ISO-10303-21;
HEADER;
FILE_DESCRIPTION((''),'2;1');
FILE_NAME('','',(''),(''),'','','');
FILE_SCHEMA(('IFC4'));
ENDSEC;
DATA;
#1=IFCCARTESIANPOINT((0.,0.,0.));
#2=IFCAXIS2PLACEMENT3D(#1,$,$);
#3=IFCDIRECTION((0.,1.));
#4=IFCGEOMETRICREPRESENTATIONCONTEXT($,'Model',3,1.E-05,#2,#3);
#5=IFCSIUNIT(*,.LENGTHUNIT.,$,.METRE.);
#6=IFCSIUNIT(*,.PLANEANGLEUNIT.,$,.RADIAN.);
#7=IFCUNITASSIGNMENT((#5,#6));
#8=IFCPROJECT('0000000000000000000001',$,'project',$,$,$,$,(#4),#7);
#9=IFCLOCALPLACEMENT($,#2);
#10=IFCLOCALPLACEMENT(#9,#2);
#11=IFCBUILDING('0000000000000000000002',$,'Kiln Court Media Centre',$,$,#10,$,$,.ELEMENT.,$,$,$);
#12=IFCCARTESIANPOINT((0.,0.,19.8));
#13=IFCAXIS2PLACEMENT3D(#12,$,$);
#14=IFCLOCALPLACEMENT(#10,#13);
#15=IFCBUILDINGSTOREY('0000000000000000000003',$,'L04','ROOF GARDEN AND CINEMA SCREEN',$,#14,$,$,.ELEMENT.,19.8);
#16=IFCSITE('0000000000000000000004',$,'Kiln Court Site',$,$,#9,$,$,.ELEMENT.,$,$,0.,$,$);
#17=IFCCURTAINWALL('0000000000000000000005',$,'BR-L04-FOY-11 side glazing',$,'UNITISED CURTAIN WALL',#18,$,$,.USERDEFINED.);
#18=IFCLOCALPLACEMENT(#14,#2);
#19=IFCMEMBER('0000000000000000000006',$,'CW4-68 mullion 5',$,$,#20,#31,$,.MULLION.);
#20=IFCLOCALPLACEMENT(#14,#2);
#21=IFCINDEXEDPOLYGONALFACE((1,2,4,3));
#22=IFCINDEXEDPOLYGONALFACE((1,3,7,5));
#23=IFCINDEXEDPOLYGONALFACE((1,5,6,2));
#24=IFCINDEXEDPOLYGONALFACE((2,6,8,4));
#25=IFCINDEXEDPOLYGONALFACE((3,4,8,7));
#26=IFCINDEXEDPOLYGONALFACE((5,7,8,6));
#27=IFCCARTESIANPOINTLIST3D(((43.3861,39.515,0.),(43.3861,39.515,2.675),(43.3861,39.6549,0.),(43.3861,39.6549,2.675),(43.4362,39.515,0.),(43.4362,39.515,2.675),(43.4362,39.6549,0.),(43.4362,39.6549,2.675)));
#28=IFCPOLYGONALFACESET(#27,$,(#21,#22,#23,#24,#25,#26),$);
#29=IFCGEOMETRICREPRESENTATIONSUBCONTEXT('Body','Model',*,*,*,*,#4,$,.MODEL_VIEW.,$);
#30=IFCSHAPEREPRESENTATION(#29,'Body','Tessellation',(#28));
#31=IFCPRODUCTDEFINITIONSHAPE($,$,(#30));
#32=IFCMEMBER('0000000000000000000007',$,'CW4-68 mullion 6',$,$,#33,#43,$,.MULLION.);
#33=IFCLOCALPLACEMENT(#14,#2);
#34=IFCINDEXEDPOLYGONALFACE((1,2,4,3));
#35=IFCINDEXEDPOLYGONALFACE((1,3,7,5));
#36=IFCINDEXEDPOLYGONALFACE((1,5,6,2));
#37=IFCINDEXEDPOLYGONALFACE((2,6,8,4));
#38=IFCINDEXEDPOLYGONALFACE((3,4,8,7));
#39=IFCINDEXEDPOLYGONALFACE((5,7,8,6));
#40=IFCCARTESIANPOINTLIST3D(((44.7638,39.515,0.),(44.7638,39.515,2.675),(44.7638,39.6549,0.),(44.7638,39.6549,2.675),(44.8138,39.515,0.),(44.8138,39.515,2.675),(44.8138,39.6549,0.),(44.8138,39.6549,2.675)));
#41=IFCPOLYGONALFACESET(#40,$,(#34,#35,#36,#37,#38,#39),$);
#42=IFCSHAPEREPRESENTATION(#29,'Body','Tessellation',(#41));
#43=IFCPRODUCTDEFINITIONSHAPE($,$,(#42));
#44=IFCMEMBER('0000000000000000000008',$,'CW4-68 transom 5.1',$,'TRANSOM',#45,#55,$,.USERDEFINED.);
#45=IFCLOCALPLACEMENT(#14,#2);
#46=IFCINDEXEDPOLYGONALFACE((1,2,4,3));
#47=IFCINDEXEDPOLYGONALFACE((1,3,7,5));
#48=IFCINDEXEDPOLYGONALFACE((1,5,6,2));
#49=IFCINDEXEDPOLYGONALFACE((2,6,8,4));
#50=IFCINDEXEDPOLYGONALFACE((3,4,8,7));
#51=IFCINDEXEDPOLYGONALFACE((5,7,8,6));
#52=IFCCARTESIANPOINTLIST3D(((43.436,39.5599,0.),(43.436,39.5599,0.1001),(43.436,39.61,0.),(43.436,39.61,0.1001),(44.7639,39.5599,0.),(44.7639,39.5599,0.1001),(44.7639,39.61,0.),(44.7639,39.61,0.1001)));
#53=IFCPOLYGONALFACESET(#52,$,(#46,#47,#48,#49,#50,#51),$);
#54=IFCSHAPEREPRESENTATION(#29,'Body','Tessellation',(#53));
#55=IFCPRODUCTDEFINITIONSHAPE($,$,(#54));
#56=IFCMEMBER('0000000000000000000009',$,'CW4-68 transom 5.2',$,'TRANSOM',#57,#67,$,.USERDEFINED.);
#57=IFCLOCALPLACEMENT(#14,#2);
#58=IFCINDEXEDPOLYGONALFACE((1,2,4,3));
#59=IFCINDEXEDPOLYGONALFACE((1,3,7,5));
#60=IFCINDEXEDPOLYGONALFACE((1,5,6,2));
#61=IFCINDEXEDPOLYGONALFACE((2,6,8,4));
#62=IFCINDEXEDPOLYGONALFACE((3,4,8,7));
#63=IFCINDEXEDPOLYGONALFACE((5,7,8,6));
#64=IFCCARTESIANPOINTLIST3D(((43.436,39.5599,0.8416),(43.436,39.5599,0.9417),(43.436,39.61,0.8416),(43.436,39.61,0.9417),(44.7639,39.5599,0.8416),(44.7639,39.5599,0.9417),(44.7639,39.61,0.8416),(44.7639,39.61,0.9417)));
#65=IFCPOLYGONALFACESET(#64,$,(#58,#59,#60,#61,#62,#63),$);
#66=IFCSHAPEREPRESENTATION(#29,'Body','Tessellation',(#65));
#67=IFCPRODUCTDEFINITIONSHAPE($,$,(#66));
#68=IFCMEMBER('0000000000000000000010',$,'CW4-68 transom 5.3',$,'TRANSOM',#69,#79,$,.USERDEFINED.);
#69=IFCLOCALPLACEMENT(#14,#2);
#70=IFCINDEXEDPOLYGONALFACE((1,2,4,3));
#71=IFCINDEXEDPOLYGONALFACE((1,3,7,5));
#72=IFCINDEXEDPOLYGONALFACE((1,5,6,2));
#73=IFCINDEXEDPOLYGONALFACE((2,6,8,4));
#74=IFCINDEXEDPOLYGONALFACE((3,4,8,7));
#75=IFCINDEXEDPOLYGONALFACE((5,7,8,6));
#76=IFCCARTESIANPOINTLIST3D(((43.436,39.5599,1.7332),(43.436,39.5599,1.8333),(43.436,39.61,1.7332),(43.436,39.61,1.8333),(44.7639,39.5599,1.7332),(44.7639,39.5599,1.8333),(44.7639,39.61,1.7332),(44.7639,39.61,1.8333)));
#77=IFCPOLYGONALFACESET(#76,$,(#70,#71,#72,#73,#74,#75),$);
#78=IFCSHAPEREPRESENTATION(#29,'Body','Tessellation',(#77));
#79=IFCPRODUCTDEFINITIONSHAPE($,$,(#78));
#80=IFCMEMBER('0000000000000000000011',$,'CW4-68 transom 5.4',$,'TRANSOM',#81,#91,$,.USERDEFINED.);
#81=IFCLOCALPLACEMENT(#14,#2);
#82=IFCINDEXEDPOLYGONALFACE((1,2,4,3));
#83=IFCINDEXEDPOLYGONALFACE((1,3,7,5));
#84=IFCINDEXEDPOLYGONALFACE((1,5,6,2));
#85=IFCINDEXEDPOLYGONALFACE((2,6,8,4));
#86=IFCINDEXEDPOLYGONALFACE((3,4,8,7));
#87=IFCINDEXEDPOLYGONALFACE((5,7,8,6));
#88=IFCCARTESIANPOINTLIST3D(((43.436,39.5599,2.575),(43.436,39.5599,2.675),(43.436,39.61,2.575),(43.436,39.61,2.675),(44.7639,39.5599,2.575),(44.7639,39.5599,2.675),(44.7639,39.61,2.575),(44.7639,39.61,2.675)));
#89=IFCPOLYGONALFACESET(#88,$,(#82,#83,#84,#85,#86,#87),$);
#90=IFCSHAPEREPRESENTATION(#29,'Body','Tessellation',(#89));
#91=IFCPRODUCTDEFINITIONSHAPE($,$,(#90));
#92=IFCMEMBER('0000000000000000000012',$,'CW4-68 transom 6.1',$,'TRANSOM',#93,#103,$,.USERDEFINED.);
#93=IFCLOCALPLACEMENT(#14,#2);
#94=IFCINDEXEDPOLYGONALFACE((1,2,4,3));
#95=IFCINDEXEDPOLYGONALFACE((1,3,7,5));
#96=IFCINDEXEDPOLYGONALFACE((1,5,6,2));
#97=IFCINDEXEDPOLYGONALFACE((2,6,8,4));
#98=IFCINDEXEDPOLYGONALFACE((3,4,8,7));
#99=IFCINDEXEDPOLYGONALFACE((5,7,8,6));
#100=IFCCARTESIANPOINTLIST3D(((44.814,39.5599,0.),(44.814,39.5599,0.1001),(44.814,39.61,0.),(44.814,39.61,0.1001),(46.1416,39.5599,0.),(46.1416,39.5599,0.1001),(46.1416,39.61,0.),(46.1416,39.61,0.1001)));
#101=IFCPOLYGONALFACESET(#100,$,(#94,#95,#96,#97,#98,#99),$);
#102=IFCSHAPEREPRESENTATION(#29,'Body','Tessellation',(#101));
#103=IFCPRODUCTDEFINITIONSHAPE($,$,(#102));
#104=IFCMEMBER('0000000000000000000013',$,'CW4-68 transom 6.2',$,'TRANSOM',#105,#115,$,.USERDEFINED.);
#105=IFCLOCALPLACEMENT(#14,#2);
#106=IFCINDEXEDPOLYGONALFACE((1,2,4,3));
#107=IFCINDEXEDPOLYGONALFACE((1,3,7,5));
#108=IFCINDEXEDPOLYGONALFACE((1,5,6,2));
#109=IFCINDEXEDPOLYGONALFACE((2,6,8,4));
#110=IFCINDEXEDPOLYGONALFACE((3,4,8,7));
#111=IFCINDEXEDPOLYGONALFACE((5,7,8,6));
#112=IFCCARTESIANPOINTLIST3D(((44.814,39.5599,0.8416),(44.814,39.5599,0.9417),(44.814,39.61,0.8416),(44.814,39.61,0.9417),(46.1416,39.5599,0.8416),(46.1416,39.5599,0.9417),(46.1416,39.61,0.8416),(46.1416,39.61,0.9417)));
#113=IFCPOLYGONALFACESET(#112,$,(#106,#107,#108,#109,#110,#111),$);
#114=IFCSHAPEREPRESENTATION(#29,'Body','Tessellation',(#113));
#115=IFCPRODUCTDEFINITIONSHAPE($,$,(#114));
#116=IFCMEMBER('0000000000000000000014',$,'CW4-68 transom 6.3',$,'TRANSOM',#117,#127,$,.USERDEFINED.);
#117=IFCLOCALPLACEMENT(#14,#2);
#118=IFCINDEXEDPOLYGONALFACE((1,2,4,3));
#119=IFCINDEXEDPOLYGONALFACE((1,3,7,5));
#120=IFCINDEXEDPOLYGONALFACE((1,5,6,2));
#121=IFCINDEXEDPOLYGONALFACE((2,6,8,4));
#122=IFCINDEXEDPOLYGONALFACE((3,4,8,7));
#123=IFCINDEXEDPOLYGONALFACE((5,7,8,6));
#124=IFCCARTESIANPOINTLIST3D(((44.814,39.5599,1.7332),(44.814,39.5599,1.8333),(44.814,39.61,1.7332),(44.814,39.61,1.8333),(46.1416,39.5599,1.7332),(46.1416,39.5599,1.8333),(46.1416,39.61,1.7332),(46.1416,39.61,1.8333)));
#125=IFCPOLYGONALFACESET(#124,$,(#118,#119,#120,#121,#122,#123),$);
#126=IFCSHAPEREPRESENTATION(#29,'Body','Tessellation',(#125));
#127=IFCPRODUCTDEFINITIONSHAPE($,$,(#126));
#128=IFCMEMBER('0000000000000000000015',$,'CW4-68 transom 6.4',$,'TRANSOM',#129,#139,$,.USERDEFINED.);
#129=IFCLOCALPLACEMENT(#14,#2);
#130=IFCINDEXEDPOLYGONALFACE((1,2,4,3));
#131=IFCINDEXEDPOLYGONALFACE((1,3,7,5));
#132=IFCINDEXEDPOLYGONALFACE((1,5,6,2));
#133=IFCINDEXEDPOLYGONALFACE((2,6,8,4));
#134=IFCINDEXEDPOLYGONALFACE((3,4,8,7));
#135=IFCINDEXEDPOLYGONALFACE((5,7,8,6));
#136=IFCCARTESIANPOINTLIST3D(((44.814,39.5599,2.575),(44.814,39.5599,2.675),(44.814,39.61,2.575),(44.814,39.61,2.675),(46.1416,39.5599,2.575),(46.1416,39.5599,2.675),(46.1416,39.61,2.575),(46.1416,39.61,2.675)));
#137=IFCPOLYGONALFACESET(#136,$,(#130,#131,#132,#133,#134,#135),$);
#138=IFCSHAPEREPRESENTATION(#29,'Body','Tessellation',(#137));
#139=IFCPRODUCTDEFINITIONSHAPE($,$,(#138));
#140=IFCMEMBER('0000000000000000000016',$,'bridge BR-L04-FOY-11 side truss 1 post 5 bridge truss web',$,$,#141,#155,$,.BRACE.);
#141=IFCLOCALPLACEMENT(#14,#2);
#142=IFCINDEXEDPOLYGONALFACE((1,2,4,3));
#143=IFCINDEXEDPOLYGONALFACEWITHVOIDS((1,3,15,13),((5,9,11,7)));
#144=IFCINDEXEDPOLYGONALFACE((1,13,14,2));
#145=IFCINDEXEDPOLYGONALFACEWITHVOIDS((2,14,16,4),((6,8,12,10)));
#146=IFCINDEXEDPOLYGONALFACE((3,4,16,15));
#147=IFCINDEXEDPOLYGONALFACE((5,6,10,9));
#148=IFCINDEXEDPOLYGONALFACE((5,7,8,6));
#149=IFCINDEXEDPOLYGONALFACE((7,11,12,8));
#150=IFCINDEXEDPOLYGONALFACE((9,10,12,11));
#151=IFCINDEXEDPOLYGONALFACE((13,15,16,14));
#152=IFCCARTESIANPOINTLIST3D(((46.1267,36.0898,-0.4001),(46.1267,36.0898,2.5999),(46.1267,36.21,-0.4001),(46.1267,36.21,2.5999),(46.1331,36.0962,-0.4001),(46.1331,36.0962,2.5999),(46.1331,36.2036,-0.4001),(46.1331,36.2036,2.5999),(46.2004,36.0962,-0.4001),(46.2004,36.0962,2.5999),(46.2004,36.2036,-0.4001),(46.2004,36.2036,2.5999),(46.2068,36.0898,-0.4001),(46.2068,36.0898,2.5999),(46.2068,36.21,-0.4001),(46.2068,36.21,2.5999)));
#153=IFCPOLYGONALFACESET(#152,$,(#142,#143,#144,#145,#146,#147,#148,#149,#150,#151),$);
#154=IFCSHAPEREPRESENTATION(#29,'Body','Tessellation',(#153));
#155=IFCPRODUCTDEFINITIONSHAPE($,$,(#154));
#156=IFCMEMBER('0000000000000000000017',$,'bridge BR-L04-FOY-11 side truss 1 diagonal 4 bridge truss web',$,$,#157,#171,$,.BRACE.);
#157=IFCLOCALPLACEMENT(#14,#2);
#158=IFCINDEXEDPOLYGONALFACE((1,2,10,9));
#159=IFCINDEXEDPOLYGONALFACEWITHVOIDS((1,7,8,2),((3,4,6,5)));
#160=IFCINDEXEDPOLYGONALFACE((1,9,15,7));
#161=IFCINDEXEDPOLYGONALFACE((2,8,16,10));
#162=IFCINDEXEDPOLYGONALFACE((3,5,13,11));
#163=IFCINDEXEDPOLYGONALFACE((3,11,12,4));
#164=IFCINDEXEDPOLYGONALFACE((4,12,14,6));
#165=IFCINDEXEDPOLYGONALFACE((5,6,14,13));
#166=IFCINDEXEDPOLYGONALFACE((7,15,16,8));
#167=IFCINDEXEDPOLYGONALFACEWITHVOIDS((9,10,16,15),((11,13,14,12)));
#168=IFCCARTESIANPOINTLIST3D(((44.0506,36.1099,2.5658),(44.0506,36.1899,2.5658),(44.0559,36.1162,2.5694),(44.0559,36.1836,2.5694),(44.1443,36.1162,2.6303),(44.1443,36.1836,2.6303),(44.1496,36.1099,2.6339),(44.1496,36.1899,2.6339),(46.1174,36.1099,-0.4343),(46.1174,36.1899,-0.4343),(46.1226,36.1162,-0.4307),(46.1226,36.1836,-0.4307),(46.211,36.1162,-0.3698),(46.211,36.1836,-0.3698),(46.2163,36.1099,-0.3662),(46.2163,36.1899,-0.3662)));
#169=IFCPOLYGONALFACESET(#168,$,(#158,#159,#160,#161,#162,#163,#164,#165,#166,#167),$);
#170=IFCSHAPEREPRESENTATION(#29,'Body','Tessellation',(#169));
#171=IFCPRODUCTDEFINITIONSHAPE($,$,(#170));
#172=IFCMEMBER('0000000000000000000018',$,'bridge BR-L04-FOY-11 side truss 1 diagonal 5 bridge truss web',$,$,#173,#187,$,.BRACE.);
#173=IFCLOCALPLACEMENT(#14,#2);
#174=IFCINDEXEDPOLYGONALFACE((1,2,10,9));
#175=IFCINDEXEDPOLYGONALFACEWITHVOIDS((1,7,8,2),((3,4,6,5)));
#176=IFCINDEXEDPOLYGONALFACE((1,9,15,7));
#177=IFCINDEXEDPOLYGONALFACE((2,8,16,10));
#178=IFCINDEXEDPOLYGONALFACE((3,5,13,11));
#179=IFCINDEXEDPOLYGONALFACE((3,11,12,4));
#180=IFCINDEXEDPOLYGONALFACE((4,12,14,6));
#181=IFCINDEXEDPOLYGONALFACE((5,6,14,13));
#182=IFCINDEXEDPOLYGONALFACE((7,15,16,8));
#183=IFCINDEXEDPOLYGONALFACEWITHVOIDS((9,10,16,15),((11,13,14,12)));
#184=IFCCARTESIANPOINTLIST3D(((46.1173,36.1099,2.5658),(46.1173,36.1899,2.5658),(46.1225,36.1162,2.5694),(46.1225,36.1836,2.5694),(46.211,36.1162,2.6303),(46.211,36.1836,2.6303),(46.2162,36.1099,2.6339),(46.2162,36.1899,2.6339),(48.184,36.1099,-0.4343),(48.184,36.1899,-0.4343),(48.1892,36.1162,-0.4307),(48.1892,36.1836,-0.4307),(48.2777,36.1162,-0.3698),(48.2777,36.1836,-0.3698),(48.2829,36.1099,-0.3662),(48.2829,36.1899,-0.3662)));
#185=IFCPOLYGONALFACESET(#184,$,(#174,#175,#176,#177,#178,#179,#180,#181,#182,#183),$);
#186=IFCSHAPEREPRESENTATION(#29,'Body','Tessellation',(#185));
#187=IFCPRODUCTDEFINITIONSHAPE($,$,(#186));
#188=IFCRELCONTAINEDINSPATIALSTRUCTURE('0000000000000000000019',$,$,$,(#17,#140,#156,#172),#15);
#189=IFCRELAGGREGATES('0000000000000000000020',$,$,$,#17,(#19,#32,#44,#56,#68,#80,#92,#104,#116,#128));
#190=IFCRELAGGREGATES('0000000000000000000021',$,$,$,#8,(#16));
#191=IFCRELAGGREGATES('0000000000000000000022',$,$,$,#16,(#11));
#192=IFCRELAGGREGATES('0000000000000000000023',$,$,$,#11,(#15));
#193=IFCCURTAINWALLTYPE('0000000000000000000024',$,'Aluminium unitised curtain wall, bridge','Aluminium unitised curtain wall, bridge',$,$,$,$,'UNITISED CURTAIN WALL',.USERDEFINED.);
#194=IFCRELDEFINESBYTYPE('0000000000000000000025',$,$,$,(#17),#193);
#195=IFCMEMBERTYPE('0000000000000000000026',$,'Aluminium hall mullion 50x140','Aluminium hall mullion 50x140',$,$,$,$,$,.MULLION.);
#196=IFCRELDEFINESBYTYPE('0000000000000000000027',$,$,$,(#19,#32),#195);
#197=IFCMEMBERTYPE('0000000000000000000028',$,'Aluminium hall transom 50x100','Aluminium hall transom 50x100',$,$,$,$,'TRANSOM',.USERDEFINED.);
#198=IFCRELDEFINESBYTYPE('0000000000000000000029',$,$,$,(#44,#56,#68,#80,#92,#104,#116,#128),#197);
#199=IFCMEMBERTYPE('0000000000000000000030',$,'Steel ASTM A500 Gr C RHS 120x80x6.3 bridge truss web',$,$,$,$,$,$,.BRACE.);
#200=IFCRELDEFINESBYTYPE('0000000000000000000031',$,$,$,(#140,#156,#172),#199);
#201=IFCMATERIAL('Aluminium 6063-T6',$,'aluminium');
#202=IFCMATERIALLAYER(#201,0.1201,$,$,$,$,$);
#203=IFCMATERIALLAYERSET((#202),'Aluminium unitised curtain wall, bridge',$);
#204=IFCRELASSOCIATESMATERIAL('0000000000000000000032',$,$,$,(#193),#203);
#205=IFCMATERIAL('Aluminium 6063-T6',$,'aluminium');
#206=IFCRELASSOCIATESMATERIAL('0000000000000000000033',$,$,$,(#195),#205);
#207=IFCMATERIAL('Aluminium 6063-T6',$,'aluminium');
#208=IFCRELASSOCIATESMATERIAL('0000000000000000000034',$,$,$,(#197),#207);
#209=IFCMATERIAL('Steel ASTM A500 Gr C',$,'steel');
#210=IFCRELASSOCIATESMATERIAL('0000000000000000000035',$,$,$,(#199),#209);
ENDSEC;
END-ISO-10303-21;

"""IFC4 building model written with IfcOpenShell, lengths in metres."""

from ifc_helpers import new_model, si_unit, direction, frame, origin, origin_2d, place, context, subcontext, project, spatial, rectangle, hollow_rectangle, extrude, material, layer, layer_set, material_profile, profile_set, type_object, element, aggregate, save


model = new_model("IFC4")

# Units and contexts
model_context = context("Model", 3, precision=1e-05, world=origin(), true_north=direction((0.0, 1.0)))
body_context = subcontext(model_context, "Body", "Model", "MODEL_VIEW")
ifc_project = project(units=[si_unit("LENGTHUNIT", "METRE"), si_unit("PLANEANGLEUNIT", "RADIAN")], contexts=[model_context])

# Site, building, storey
site_placement = place(None, origin())
site = spatial("IfcSite", under=ifc_project, at=site_placement, Name="Kiln Court Site", CompositionType="ELEMENT", RefElevation=0.0)
building_placement = place(site_placement, origin())
building = spatial("IfcBuilding", under=site, at=building_placement, Name="Kiln Court Media Centre", CompositionType="ELEMENT")
storey_placement = place(building_placement, frame((0.0, 0.0, 19.8)))
storey = spatial("IfcBuildingStorey", under=building, at=storey_placement, Name="L04", Description="ROOF GARDEN AND CINEMA SCREEN", CompositionType="ELEMENT", Elevation=19.8)

# Curtain wall, members
ifc_material_1 = material(Name="Aluminium 6063-T6", Category="aluminium")
ifc_layer_1 = layer(ifc_material_1, 0.1201)
ifc_layer_set_1 = layer_set([ifc_layer_1], Name="Aluminium unitised curtain wall, bridge")
curtain_wall_type = type_object("IfcCurtainWallType", Name="Aluminium unitised curtain wall, bridge", Description="Aluminium unitised curtain wall, bridge", ElementType="UNITISED CURTAIN WALL", PredefinedType="USERDEFINED", material=ifc_layer_set_1)
curtain_wall_placement = place(storey_placement, origin())
curtain_wall = element("IfcCurtainWall", 1, at=curtain_wall_placement, inside=storey, type_object=curtain_wall_type, Name="BR-L04-FOY-11 side glazing", ObjectType="UNITISED CURTAIN WALL", PredefinedType="USERDEFINED")
ifc_material_2 = material(Name="Aluminium 6063-T6", Category="aluminium")
ifc_material_profile_1 = material_profile(ifc_material_2, rectangle(XDim=0.05, YDim=0.1399, at=origin_2d()), Name="Aluminium hall mullion 50x140")
ifc_profile_set_1 = profile_set([ifc_material_profile_1], Name="Aluminium 6063-T6")
member_type_1 = type_object("IfcMemberType", Name="Aluminium hall mullion 50x140", Description="Aluminium hall mullion 50x140", PredefinedType="MULLION", material=ifc_profile_set_1)
member_1_placement = place(storey_placement, frame((43.4111, 39.585, 0.0), z_axis=(0.0, 0.0, 1.0), x_axis=(1.0, 0.0, 0.0)))
member_1 = element("IfcMember", 2, at=member_1_placement, type_object=member_type_1, Name="CW4-68 mullion 5", PredefinedType="MULLION", context=body_context, shape_type="SweptSolid", body=[
    extrude(rectangle(XDim=0.05, YDim=0.1399, at=origin_2d()), origin(), (0.0, 0.0, 1.0), 2.675),
])
member_2_placement = place(storey_placement, frame((44.7888, 39.585, 0.0), z_axis=(0.0, 0.0, 1.0), x_axis=(1.0, 0.0, 0.0)))
member_2 = element("IfcMember", 3, at=member_2_placement, type_object=member_type_1, Name="CW4-68 mullion 6", PredefinedType="MULLION", context=body_context, shape_type="SweptSolid", body=[
    extrude(rectangle(XDim=0.05, YDim=0.1399, at=origin_2d()), origin(), (0.0, 0.0, 1.0), 2.675),
])
ifc_material_3 = material(Name="Aluminium 6063-T6", Category="aluminium")
ifc_material_profile_2 = material_profile(ifc_material_3, rectangle(XDim=0.05, YDim=0.1001, at=origin_2d()), Name="Aluminium hall transom 50x100")
ifc_profile_set_2 = profile_set([ifc_material_profile_2], Name="Aluminium 6063-T6")
member_type_2 = type_object("IfcMemberType", Name="Aluminium hall transom 50x100", Description="Aluminium hall transom 50x100", ElementType="TRANSOM", PredefinedType="USERDEFINED", material=ifc_profile_set_2)
member_3_placement = place(storey_placement, frame((43.436, 39.585, 0.05), z_axis=(1.0, 0.0, 0.0), x_axis=(0.0, 1.0, 0.0)))
member_3 = element("IfcMember", 4, at=member_3_placement, type_object=member_type_2, Name="CW4-68 transom 5.1", ObjectType="TRANSOM", PredefinedType="USERDEFINED", context=body_context, shape_type="SweptSolid", body=[
    extrude(rectangle(XDim=0.05, YDim=0.1001, at=origin_2d()), origin(), (0.0, 0.0, 1.0), 1.3279),
])
member_4_placement = place(storey_placement, frame((43.436, 39.585, 0.8916), z_axis=(1.0, 0.0, 0.0), x_axis=(0.0, 1.0, 0.0)))
member_4 = element("IfcMember", 5, at=member_4_placement, type_object=member_type_2, Name="CW4-68 transom 5.2", ObjectType="TRANSOM", PredefinedType="USERDEFINED", context=body_context, shape_type="SweptSolid", body=[
    extrude(rectangle(XDim=0.05, YDim=0.1001, at=origin_2d()), origin(), (0.0, 0.0, 1.0), 1.3279),
])
member_5_placement = place(storey_placement, frame((43.436, 39.585, 1.7832), z_axis=(1.0, 0.0, 0.0), x_axis=(0.0, 1.0, 0.0)))
member_5 = element("IfcMember", 6, at=member_5_placement, type_object=member_type_2, Name="CW4-68 transom 5.3", ObjectType="TRANSOM", PredefinedType="USERDEFINED", context=body_context, shape_type="SweptSolid", body=[
    extrude(rectangle(XDim=0.05, YDim=0.1001, at=origin_2d()), origin(), (0.0, 0.0, 1.0), 1.3279),
])
member_6_placement = place(storey_placement, frame((43.436, 39.585, 2.625), z_axis=(1.0, 0.0, 0.0), x_axis=(0.0, 1.0, 0.0)))
member_6 = element("IfcMember", 7, at=member_6_placement, type_object=member_type_2, Name="CW4-68 transom 5.4", ObjectType="TRANSOM", PredefinedType="USERDEFINED", context=body_context, shape_type="SweptSolid", body=[
    extrude(rectangle(XDim=0.05, YDim=0.1001, at=origin_2d()), origin(), (0.0, 0.0, 1.0), 1.3279),
])
member_7_placement = place(storey_placement, frame((44.814, 39.585, 0.05), z_axis=(1.0, 0.0, 0.0), x_axis=(0.0, 1.0, 0.0)))
member_7 = element("IfcMember", 8, at=member_7_placement, type_object=member_type_2, Name="CW4-68 transom 6.1", ObjectType="TRANSOM", PredefinedType="USERDEFINED", context=body_context, shape_type="SweptSolid", body=[
    extrude(rectangle(XDim=0.05, YDim=0.1001, at=origin_2d()), origin(), (0.0, 0.0, 1.0), 1.3276),
])
member_8_placement = place(storey_placement, frame((44.814, 39.585, 0.8916), z_axis=(1.0, 0.0, 0.0), x_axis=(0.0, 1.0, 0.0)))
member_8 = element("IfcMember", 9, at=member_8_placement, type_object=member_type_2, Name="CW4-68 transom 6.2", ObjectType="TRANSOM", PredefinedType="USERDEFINED", context=body_context, shape_type="SweptSolid", body=[
    extrude(rectangle(XDim=0.05, YDim=0.1001, at=origin_2d()), origin(), (0.0, 0.0, 1.0), 1.3276),
])
member_9_placement = place(storey_placement, frame((44.814, 39.585, 1.7832), z_axis=(1.0, 0.0, 0.0), x_axis=(0.0, 1.0, 0.0)))
member_9 = element("IfcMember", 10, at=member_9_placement, type_object=member_type_2, Name="CW4-68 transom 6.3", ObjectType="TRANSOM", PredefinedType="USERDEFINED", context=body_context, shape_type="SweptSolid", body=[
    extrude(rectangle(XDim=0.05, YDim=0.1001, at=origin_2d()), origin(), (0.0, 0.0, 1.0), 1.3276),
])
member_10_placement = place(storey_placement, frame((44.814, 39.585, 2.625), z_axis=(1.0, 0.0, 0.0), x_axis=(0.0, 1.0, 0.0)))
member_10 = element("IfcMember", 11, at=member_10_placement, type_object=member_type_2, Name="CW4-68 transom 6.4", ObjectType="TRANSOM", PredefinedType="USERDEFINED", context=body_context, shape_type="SweptSolid", body=[
    extrude(rectangle(XDim=0.05, YDim=0.1001, at=origin_2d()), origin(), (0.0, 0.0, 1.0), 1.3276),
])

# Members
ifc_material_4 = material(Name="Steel ASTM A500 Gr C", Category="steel")
ifc_material_profile_3 = material_profile(ifc_material_4, hollow_rectangle(XDim=0.0801, YDim=0.1201, WallThickness=0.0063, at=origin_2d()), Name="RHS 120x80x6.3")
ifc_profile_set_3 = profile_set([ifc_material_profile_3], Name="Steel ASTM A500 Gr C")
member_type_3 = type_object("IfcMemberType", Name="Steel ASTM A500 Gr C RHS 120x80x6.3 bridge truss web", PredefinedType="BRACE", material=ifc_profile_set_3)
member_11_placement = place(storey_placement, frame((46.1667, 36.1499, -0.4001), z_axis=(0.0, 0.0, 1.0), x_axis=(1.0, 0.0, 0.0)))
element("IfcMember", 12, at=member_11_placement, inside=storey, type_object=member_type_3, Name="bridge BR-L04-FOY-11 side truss 1 post 5 bridge truss web", PredefinedType="BRACE", context=body_context, shape_type="SweptSolid", body=[
    extrude(hollow_rectangle(XDim=0.0801, YDim=0.1201, WallThickness=0.0063, at=origin_2d()), origin(), (0.0, 0.0, 1.0), 3.0),
])
for number, where, z_axis, x_axis, name in (
    (13, (44.1001, 36.1499, 2.5999), (0.567302, 0.0, -0.82351), (0.0, 1.0, 0.0), "bridge BR-L04-FOY-11 side truss 1 diagonal 4 bridge truss web"),
    (14, (46.1667, 36.1499, 2.5999), (0.567302, 0.0, -0.82351), (0.0, 1.0, 0.0), "bridge BR-L04-FOY-11 side truss 1 diagonal 5 bridge truss web"),
):
    element("IfcMember", number, at=place(storey_placement, frame(where, z_axis=z_axis, x_axis=x_axis)), inside=storey, type_object=member_type_3, Name=name, PredefinedType="BRACE", context=body_context, shape_type="SweptSolid", body=[
        extrude(hollow_rectangle(XDim=0.0801, YDim=0.1201, WallThickness=0.0063, at=origin_2d()), origin(), (0.0, 0.0, 1.0), 3.6431),
    ])

aggregate(curtain_wall, [member_1, member_2, member_3, member_4, member_5, member_6, member_7, member_8, member_9, member_10])

save(model, "model.ifc")
